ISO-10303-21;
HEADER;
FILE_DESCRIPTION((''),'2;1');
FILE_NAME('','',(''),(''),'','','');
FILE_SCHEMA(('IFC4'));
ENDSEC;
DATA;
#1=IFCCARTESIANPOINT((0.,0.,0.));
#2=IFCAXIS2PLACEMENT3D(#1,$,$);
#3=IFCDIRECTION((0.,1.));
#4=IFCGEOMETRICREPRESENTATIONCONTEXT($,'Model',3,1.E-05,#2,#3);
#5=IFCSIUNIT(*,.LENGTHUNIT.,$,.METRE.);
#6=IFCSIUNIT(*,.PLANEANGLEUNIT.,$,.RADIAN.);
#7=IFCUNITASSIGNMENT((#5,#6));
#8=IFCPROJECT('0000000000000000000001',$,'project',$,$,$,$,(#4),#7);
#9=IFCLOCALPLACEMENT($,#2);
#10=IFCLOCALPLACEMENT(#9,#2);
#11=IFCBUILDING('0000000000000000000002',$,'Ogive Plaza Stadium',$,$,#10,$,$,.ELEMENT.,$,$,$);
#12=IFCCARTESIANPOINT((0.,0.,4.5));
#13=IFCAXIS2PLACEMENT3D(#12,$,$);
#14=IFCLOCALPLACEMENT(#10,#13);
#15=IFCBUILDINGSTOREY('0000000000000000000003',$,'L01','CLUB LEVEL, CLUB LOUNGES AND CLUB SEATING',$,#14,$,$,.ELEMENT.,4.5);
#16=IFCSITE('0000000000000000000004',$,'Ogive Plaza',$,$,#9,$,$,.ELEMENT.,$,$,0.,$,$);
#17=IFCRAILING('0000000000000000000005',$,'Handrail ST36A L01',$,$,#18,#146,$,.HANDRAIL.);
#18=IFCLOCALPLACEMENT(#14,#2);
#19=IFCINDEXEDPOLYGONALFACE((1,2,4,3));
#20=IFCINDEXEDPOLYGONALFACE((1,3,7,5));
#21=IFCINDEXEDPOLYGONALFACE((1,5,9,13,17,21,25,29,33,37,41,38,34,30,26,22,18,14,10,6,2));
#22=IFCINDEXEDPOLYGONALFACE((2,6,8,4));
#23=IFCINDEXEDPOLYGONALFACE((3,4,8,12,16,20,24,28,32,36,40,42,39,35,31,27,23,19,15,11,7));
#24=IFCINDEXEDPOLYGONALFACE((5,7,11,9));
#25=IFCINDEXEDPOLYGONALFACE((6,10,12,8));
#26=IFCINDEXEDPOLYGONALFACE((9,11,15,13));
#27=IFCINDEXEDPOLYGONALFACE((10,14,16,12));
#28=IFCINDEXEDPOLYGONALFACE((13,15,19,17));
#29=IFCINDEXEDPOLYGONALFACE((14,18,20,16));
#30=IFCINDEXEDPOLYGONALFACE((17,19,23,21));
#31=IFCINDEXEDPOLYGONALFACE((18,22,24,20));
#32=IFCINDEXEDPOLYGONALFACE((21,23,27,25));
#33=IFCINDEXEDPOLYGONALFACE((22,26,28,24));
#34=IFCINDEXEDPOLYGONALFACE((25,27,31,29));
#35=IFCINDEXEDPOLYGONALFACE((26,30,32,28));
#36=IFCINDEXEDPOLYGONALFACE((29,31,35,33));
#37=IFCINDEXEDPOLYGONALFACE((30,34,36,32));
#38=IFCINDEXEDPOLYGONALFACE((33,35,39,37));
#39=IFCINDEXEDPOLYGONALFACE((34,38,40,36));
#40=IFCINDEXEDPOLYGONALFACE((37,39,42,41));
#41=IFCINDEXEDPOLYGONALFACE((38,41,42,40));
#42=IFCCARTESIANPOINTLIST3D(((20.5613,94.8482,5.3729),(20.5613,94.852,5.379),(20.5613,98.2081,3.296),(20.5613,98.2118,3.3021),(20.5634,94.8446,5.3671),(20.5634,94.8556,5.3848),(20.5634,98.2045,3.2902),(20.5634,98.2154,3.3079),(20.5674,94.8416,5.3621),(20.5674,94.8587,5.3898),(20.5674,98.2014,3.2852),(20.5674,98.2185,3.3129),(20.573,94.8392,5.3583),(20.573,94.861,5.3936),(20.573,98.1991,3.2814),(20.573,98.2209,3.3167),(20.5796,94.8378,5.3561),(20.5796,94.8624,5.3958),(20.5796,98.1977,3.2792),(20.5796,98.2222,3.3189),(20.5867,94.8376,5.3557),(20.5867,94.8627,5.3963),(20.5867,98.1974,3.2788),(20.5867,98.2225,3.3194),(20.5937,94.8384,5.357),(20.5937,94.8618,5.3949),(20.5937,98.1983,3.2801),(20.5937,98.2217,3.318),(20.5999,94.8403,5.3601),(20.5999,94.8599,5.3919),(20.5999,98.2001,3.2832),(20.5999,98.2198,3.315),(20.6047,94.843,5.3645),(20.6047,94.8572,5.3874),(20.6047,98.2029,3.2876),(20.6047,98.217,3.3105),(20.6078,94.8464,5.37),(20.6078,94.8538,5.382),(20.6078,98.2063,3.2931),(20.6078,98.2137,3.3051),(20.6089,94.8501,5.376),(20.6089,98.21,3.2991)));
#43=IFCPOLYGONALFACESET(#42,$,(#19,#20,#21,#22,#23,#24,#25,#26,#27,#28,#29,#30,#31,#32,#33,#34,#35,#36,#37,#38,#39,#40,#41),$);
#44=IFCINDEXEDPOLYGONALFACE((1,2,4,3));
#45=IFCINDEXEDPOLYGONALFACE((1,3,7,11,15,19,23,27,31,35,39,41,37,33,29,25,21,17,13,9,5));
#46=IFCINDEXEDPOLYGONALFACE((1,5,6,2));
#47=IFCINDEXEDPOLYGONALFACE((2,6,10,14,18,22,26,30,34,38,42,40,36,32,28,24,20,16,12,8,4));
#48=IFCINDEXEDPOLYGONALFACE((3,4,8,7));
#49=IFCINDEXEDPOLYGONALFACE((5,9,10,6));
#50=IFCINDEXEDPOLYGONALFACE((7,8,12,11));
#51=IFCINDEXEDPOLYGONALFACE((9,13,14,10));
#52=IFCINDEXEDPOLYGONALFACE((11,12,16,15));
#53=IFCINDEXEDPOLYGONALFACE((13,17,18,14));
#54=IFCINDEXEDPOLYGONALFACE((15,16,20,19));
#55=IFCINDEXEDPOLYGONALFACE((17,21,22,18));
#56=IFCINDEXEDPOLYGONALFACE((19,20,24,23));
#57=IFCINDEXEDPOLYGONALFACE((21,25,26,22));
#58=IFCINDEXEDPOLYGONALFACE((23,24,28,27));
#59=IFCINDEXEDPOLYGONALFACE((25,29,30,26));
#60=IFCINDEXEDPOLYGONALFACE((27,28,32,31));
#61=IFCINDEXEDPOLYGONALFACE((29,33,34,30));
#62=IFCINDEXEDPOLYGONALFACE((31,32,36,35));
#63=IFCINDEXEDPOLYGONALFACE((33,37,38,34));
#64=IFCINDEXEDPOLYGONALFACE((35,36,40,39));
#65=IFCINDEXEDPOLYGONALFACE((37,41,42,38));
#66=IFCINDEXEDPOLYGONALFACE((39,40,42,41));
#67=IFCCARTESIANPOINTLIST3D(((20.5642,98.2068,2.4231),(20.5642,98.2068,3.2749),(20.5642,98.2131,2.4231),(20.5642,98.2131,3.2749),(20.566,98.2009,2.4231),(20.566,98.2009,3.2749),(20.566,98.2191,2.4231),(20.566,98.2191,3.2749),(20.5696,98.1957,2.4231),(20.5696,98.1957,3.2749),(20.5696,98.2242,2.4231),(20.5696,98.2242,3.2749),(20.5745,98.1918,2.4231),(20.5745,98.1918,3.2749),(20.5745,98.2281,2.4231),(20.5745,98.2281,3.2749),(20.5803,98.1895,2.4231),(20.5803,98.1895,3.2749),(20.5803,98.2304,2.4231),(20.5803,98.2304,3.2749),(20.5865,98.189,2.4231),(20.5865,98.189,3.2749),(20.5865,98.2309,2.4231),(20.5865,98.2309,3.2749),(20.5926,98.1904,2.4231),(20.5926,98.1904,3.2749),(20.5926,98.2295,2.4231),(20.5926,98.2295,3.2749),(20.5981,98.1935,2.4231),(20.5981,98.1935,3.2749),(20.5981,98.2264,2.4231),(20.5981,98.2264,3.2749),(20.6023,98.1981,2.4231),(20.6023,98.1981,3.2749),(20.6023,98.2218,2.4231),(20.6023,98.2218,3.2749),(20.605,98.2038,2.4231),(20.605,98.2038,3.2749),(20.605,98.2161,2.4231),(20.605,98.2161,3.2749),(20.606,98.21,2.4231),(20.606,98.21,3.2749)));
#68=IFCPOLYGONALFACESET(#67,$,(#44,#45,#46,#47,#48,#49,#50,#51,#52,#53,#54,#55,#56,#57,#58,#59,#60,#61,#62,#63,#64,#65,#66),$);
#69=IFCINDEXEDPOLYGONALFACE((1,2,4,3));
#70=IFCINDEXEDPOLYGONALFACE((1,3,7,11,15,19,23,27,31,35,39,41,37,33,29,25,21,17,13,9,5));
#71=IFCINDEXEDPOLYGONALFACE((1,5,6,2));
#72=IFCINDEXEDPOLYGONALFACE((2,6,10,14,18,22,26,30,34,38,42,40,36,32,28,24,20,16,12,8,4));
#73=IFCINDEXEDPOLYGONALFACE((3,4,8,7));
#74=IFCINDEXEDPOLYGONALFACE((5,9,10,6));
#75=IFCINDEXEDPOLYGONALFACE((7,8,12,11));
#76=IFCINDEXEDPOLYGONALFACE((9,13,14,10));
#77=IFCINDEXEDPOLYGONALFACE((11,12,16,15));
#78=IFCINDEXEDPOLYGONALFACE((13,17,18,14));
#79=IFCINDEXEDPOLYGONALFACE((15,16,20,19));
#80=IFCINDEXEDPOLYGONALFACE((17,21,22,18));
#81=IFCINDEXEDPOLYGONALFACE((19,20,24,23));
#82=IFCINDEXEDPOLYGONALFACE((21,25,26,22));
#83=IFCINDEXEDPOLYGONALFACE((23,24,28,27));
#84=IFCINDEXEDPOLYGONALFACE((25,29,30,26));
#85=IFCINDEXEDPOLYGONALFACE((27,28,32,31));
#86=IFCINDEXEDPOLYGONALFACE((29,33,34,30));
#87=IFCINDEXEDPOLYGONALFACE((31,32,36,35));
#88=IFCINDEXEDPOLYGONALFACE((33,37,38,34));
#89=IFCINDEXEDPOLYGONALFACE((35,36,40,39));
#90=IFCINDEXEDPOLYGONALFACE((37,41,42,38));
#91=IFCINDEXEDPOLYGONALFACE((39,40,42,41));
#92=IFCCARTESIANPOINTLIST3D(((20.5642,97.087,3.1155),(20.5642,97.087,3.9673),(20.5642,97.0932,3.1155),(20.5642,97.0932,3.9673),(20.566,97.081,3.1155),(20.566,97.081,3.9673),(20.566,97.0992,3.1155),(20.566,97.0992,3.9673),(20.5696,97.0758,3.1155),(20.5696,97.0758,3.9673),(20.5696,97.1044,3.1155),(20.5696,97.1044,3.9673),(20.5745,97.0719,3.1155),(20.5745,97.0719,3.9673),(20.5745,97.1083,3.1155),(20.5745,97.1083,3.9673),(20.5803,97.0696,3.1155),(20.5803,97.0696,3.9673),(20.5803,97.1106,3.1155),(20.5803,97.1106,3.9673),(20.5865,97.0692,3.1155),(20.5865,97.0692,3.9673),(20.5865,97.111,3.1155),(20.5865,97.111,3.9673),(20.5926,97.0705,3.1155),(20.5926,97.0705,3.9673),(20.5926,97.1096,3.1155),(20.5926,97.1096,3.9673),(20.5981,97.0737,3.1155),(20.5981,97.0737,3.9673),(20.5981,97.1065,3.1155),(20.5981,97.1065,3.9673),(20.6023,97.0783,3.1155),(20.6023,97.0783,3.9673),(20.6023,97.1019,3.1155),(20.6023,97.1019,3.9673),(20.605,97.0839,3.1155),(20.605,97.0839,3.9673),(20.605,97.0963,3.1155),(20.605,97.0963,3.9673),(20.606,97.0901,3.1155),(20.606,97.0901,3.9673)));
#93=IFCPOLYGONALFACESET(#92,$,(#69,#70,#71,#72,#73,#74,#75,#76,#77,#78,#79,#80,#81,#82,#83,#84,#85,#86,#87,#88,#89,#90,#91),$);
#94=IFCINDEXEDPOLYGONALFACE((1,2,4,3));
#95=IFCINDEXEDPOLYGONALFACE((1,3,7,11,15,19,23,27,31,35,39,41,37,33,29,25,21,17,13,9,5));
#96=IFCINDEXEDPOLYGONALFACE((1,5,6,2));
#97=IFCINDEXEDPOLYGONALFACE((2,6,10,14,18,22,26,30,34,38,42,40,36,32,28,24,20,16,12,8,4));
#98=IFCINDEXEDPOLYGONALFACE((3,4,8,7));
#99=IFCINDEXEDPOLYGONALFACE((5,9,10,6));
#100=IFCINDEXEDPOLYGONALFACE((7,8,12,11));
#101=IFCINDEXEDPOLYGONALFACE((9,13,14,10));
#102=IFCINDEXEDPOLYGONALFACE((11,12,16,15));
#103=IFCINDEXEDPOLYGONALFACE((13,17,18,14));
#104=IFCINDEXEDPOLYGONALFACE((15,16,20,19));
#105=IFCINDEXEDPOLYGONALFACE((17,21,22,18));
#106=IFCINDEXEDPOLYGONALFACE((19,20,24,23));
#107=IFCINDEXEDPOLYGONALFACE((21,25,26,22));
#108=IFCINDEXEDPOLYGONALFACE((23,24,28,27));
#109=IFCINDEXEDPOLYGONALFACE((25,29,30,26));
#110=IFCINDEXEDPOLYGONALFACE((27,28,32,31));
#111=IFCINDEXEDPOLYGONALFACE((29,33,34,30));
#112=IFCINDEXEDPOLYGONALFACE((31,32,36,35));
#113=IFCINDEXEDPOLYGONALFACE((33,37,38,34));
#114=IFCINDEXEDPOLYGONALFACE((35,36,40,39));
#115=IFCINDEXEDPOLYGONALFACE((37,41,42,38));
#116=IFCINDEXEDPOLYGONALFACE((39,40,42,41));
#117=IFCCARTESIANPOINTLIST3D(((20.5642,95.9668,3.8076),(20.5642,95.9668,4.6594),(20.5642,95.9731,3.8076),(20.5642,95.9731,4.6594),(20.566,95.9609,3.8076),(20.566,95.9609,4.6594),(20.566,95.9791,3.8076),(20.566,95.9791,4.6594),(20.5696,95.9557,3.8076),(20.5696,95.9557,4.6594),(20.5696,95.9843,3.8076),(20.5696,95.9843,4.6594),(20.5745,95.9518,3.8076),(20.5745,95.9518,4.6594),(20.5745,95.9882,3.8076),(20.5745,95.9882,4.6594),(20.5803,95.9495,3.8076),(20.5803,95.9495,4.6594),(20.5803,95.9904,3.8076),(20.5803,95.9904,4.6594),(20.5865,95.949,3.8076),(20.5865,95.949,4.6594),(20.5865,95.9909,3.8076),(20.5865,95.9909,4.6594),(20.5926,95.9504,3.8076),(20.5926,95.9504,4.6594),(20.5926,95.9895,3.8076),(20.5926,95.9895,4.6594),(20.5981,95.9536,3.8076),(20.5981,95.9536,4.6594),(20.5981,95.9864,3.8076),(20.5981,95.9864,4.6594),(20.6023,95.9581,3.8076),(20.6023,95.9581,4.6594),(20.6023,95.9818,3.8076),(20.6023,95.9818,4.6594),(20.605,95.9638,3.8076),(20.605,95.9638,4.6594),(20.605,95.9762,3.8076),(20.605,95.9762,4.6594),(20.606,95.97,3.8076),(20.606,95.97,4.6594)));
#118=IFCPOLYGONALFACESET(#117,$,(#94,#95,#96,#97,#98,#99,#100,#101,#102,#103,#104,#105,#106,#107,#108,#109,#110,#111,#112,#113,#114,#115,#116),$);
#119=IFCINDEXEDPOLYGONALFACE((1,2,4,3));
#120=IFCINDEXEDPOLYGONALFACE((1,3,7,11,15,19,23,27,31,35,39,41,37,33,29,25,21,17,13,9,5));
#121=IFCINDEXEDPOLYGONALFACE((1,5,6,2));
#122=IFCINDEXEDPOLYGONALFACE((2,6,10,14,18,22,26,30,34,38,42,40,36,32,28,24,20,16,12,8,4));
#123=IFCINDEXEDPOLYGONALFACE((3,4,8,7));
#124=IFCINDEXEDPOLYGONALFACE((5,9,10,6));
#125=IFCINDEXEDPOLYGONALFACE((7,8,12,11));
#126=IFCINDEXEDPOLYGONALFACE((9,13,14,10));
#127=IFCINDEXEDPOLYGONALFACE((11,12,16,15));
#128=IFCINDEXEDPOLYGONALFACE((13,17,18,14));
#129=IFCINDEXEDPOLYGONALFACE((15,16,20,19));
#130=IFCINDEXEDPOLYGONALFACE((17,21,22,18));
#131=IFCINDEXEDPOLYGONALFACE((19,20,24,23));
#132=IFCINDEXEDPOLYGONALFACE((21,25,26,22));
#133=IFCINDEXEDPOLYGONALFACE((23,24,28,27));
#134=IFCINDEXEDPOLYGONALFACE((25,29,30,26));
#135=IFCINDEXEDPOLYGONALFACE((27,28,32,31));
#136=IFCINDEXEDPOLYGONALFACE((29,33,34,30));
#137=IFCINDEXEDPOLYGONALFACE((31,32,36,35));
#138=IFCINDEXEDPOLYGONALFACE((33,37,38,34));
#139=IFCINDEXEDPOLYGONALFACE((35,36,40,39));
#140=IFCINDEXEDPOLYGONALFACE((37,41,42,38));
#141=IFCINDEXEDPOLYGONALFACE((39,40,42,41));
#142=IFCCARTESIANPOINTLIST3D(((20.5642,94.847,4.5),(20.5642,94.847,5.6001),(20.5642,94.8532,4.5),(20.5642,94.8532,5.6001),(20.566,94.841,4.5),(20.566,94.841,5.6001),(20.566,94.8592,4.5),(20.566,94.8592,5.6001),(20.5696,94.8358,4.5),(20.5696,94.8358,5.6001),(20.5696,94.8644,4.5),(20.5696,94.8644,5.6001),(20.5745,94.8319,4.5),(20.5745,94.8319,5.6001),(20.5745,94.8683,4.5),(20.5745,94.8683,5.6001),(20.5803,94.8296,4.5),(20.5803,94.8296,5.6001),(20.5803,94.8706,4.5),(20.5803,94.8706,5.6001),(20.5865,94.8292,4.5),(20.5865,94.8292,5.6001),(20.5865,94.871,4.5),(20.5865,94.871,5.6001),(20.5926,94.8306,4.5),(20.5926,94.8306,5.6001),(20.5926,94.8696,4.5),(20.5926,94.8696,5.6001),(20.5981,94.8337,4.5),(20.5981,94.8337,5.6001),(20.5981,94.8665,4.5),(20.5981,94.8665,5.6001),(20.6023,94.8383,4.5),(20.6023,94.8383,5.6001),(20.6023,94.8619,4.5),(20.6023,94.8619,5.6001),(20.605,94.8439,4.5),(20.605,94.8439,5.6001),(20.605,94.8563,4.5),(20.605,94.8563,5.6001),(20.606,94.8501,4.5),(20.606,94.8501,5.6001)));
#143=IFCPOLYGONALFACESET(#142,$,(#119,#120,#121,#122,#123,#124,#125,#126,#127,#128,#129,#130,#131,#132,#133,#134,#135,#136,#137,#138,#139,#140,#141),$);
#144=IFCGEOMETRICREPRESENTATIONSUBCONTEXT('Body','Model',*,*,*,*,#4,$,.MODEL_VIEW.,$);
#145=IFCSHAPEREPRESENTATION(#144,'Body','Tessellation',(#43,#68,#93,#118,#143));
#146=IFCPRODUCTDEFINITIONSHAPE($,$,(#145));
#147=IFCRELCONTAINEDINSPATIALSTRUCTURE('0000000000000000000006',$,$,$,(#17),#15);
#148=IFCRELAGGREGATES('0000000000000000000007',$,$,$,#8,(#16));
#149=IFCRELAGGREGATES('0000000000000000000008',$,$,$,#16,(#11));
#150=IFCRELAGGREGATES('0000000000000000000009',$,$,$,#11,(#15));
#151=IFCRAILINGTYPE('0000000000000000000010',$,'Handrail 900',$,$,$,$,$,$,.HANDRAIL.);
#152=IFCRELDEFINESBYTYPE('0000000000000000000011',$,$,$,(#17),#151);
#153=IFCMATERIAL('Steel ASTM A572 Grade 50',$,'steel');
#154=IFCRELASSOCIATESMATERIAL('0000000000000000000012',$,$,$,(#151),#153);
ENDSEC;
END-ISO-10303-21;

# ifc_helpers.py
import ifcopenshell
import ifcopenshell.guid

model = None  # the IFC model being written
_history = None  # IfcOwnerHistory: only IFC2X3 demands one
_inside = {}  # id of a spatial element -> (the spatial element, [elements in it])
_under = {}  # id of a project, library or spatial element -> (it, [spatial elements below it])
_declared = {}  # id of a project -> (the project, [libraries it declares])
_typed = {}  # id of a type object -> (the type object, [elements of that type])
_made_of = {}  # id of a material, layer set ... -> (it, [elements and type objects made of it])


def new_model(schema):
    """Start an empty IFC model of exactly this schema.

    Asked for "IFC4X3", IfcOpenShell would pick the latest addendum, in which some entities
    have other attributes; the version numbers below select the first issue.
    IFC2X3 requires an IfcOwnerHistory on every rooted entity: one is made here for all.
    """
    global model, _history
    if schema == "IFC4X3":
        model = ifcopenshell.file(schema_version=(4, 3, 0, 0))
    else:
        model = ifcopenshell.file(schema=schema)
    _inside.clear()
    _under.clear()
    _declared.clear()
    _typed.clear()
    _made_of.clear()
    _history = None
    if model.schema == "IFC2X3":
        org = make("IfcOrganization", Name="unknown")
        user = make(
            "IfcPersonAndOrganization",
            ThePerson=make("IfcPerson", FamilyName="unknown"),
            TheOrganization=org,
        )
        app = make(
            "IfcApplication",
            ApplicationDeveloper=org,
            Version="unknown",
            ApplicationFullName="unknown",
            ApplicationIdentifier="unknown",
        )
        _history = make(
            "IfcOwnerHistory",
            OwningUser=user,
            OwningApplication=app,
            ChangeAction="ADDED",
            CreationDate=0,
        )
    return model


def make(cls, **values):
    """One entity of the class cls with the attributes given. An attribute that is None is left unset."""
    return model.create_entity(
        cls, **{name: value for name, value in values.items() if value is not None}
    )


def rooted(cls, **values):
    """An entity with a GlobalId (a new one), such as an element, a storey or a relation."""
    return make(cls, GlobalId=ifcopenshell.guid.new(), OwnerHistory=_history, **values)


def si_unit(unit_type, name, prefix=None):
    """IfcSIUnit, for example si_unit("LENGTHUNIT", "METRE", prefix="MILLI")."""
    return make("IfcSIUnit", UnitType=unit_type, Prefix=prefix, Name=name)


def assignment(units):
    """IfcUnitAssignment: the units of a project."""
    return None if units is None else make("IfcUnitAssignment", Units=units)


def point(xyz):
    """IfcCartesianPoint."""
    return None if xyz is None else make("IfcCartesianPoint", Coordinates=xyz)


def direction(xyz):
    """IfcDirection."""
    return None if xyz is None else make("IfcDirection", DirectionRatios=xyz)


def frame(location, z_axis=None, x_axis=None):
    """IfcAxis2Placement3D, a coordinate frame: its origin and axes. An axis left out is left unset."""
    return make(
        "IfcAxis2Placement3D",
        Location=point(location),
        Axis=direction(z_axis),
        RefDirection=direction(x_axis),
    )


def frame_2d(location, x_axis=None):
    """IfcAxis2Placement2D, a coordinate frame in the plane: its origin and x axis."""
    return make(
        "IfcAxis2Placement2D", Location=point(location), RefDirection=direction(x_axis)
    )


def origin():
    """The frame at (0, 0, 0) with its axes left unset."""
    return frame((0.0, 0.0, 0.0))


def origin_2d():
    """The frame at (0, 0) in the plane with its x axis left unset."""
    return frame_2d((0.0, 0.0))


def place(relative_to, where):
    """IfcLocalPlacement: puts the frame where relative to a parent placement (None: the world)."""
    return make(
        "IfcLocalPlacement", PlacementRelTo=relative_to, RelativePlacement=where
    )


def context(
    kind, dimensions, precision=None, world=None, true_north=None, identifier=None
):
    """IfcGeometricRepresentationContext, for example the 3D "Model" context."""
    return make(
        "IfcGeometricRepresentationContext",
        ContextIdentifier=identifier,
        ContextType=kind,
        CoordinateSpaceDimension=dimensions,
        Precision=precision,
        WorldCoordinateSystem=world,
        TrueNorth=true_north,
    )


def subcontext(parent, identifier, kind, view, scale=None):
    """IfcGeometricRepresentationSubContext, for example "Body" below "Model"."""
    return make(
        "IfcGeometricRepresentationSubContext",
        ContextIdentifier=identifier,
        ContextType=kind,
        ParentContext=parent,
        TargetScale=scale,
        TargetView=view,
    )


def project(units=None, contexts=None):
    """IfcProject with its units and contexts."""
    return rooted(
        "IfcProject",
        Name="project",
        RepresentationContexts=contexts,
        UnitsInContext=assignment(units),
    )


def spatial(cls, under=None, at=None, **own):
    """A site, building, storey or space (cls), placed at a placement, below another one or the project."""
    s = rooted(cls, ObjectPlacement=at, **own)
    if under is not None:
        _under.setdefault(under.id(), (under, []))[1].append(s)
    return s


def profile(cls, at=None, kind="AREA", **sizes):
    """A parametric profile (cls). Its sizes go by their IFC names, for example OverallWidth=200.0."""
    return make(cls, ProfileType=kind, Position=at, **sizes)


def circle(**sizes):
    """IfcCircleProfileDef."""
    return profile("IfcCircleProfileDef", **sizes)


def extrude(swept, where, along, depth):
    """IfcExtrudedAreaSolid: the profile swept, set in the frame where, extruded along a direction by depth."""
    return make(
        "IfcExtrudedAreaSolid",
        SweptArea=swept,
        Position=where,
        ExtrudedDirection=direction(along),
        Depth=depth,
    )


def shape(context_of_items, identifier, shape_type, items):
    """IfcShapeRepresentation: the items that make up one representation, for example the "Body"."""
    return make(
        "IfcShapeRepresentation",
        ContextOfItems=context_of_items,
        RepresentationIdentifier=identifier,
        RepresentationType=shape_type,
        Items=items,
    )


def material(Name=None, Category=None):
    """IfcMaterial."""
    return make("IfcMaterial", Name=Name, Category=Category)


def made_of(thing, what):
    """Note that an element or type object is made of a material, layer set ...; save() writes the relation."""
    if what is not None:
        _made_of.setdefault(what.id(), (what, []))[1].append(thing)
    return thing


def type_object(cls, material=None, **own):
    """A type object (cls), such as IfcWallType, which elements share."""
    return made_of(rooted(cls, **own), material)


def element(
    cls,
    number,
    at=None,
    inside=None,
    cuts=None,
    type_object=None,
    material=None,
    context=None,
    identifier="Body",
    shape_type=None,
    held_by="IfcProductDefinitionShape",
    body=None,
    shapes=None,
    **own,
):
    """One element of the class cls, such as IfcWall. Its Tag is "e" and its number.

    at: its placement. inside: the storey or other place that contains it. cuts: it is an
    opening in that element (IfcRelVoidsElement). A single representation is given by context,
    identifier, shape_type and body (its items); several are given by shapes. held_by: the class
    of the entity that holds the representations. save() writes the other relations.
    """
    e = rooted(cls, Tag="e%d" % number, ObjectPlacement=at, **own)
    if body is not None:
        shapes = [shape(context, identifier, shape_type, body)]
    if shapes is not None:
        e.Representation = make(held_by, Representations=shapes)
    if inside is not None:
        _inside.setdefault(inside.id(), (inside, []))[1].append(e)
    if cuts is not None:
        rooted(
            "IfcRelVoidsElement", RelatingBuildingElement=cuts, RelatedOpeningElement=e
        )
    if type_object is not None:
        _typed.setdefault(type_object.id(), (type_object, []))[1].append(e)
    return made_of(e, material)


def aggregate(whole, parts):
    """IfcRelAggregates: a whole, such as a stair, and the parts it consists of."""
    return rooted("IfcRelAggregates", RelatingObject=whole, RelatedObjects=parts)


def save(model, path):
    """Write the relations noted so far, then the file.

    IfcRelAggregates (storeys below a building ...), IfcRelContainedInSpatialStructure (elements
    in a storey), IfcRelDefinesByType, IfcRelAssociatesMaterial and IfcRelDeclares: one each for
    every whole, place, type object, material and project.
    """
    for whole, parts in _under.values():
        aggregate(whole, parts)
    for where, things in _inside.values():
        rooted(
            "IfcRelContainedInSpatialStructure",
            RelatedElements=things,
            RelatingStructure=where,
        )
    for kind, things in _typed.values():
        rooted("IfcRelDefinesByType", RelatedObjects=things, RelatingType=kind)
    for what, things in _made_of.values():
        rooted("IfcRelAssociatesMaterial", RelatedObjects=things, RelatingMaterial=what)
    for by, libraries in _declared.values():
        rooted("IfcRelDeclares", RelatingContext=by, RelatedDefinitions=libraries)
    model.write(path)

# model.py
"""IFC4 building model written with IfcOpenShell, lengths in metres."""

from ifc_helpers import new_model, si_unit, direction, frame, origin, origin_2d, place, context, subcontext, project, spatial, circle, extrude, material, type_object, element, save


model = new_model("IFC4")

# Units and contexts
model_context = context("Model", 3, precision=1e-05, world=origin(), true_north=direction((0.0, 1.0)))
body_context = subcontext(model_context, "Body", "Model", "MODEL_VIEW")
ifc_project = project(units=[si_unit("LENGTHUNIT", "METRE"), si_unit("PLANEANGLEUNIT", "RADIAN")], contexts=[model_context])

# Site, building, storey
site_placement = place(None, origin())
site = spatial("IfcSite", under=ifc_project, at=site_placement, Name="Ogive Plaza", CompositionType="ELEMENT", RefElevation=0.0)
building_placement = place(site_placement, origin())
building = spatial("IfcBuilding", under=site, at=building_placement, Name="Ogive Plaza Stadium", CompositionType="ELEMENT")
storey_placement = place(building_placement, frame((0.0, 0.0, 4.5)))
storey = spatial("IfcBuildingStorey", under=building, at=storey_placement, Name="L01", Description="CLUB LEVEL, CLUB LOUNGES AND CLUB SEATING", CompositionType="ELEMENT", Elevation=4.5)

# Railing
ifc_material_1 = material(Name="Steel ASTM A572 Grade 50", Category="steel")
railing_type_1 = type_object("IfcRailingType", Name="Handrail 900", PredefinedType="HANDRAIL", material=ifc_material_1)
for number, where, name in (
    (1, (20.585, 98.21, 2.4231), "Handrail ST36A L01"),
):
    element("IfcRailing", number, at=place(storey_placement, frame(where)), inside=storey, type_object=railing_type_1, Name=name, PredefinedType="HANDRAIL", context=body_context, shape_type="SweptSolid", body=[
        extrude(circle(Radius=0.0239, at=origin_2d()), frame((0.0, 0.0, 0.876), z_axis=(0.0, -0.850606, 0.525803), x_axis=(1.0, 0.0, 0.0)), (0.0, 0.0, 1.0), 3.95),
        extrude(circle(Radius=0.021, at=origin_2d()), origin(), (0.0, 0.0, 1.0), 0.8518),
        extrude(circle(Radius=0.021, at=origin_2d()), frame((0.0, -1.1199, 0.6924)), (0.0, 0.0, 1.0), 0.8518),
        extrude(circle(Radius=0.021, at=origin_2d()), frame((0.0, -2.24, 1.3845)), (0.0, 0.0, 1.0), 0.8518),
        extrude(circle(Radius=0.021, at=origin_2d()), frame((0.0, -3.3599, 2.0769)), (0.0, 0.0, 1.0), 1.1001),
    ])

save(model, "model.ifc")
